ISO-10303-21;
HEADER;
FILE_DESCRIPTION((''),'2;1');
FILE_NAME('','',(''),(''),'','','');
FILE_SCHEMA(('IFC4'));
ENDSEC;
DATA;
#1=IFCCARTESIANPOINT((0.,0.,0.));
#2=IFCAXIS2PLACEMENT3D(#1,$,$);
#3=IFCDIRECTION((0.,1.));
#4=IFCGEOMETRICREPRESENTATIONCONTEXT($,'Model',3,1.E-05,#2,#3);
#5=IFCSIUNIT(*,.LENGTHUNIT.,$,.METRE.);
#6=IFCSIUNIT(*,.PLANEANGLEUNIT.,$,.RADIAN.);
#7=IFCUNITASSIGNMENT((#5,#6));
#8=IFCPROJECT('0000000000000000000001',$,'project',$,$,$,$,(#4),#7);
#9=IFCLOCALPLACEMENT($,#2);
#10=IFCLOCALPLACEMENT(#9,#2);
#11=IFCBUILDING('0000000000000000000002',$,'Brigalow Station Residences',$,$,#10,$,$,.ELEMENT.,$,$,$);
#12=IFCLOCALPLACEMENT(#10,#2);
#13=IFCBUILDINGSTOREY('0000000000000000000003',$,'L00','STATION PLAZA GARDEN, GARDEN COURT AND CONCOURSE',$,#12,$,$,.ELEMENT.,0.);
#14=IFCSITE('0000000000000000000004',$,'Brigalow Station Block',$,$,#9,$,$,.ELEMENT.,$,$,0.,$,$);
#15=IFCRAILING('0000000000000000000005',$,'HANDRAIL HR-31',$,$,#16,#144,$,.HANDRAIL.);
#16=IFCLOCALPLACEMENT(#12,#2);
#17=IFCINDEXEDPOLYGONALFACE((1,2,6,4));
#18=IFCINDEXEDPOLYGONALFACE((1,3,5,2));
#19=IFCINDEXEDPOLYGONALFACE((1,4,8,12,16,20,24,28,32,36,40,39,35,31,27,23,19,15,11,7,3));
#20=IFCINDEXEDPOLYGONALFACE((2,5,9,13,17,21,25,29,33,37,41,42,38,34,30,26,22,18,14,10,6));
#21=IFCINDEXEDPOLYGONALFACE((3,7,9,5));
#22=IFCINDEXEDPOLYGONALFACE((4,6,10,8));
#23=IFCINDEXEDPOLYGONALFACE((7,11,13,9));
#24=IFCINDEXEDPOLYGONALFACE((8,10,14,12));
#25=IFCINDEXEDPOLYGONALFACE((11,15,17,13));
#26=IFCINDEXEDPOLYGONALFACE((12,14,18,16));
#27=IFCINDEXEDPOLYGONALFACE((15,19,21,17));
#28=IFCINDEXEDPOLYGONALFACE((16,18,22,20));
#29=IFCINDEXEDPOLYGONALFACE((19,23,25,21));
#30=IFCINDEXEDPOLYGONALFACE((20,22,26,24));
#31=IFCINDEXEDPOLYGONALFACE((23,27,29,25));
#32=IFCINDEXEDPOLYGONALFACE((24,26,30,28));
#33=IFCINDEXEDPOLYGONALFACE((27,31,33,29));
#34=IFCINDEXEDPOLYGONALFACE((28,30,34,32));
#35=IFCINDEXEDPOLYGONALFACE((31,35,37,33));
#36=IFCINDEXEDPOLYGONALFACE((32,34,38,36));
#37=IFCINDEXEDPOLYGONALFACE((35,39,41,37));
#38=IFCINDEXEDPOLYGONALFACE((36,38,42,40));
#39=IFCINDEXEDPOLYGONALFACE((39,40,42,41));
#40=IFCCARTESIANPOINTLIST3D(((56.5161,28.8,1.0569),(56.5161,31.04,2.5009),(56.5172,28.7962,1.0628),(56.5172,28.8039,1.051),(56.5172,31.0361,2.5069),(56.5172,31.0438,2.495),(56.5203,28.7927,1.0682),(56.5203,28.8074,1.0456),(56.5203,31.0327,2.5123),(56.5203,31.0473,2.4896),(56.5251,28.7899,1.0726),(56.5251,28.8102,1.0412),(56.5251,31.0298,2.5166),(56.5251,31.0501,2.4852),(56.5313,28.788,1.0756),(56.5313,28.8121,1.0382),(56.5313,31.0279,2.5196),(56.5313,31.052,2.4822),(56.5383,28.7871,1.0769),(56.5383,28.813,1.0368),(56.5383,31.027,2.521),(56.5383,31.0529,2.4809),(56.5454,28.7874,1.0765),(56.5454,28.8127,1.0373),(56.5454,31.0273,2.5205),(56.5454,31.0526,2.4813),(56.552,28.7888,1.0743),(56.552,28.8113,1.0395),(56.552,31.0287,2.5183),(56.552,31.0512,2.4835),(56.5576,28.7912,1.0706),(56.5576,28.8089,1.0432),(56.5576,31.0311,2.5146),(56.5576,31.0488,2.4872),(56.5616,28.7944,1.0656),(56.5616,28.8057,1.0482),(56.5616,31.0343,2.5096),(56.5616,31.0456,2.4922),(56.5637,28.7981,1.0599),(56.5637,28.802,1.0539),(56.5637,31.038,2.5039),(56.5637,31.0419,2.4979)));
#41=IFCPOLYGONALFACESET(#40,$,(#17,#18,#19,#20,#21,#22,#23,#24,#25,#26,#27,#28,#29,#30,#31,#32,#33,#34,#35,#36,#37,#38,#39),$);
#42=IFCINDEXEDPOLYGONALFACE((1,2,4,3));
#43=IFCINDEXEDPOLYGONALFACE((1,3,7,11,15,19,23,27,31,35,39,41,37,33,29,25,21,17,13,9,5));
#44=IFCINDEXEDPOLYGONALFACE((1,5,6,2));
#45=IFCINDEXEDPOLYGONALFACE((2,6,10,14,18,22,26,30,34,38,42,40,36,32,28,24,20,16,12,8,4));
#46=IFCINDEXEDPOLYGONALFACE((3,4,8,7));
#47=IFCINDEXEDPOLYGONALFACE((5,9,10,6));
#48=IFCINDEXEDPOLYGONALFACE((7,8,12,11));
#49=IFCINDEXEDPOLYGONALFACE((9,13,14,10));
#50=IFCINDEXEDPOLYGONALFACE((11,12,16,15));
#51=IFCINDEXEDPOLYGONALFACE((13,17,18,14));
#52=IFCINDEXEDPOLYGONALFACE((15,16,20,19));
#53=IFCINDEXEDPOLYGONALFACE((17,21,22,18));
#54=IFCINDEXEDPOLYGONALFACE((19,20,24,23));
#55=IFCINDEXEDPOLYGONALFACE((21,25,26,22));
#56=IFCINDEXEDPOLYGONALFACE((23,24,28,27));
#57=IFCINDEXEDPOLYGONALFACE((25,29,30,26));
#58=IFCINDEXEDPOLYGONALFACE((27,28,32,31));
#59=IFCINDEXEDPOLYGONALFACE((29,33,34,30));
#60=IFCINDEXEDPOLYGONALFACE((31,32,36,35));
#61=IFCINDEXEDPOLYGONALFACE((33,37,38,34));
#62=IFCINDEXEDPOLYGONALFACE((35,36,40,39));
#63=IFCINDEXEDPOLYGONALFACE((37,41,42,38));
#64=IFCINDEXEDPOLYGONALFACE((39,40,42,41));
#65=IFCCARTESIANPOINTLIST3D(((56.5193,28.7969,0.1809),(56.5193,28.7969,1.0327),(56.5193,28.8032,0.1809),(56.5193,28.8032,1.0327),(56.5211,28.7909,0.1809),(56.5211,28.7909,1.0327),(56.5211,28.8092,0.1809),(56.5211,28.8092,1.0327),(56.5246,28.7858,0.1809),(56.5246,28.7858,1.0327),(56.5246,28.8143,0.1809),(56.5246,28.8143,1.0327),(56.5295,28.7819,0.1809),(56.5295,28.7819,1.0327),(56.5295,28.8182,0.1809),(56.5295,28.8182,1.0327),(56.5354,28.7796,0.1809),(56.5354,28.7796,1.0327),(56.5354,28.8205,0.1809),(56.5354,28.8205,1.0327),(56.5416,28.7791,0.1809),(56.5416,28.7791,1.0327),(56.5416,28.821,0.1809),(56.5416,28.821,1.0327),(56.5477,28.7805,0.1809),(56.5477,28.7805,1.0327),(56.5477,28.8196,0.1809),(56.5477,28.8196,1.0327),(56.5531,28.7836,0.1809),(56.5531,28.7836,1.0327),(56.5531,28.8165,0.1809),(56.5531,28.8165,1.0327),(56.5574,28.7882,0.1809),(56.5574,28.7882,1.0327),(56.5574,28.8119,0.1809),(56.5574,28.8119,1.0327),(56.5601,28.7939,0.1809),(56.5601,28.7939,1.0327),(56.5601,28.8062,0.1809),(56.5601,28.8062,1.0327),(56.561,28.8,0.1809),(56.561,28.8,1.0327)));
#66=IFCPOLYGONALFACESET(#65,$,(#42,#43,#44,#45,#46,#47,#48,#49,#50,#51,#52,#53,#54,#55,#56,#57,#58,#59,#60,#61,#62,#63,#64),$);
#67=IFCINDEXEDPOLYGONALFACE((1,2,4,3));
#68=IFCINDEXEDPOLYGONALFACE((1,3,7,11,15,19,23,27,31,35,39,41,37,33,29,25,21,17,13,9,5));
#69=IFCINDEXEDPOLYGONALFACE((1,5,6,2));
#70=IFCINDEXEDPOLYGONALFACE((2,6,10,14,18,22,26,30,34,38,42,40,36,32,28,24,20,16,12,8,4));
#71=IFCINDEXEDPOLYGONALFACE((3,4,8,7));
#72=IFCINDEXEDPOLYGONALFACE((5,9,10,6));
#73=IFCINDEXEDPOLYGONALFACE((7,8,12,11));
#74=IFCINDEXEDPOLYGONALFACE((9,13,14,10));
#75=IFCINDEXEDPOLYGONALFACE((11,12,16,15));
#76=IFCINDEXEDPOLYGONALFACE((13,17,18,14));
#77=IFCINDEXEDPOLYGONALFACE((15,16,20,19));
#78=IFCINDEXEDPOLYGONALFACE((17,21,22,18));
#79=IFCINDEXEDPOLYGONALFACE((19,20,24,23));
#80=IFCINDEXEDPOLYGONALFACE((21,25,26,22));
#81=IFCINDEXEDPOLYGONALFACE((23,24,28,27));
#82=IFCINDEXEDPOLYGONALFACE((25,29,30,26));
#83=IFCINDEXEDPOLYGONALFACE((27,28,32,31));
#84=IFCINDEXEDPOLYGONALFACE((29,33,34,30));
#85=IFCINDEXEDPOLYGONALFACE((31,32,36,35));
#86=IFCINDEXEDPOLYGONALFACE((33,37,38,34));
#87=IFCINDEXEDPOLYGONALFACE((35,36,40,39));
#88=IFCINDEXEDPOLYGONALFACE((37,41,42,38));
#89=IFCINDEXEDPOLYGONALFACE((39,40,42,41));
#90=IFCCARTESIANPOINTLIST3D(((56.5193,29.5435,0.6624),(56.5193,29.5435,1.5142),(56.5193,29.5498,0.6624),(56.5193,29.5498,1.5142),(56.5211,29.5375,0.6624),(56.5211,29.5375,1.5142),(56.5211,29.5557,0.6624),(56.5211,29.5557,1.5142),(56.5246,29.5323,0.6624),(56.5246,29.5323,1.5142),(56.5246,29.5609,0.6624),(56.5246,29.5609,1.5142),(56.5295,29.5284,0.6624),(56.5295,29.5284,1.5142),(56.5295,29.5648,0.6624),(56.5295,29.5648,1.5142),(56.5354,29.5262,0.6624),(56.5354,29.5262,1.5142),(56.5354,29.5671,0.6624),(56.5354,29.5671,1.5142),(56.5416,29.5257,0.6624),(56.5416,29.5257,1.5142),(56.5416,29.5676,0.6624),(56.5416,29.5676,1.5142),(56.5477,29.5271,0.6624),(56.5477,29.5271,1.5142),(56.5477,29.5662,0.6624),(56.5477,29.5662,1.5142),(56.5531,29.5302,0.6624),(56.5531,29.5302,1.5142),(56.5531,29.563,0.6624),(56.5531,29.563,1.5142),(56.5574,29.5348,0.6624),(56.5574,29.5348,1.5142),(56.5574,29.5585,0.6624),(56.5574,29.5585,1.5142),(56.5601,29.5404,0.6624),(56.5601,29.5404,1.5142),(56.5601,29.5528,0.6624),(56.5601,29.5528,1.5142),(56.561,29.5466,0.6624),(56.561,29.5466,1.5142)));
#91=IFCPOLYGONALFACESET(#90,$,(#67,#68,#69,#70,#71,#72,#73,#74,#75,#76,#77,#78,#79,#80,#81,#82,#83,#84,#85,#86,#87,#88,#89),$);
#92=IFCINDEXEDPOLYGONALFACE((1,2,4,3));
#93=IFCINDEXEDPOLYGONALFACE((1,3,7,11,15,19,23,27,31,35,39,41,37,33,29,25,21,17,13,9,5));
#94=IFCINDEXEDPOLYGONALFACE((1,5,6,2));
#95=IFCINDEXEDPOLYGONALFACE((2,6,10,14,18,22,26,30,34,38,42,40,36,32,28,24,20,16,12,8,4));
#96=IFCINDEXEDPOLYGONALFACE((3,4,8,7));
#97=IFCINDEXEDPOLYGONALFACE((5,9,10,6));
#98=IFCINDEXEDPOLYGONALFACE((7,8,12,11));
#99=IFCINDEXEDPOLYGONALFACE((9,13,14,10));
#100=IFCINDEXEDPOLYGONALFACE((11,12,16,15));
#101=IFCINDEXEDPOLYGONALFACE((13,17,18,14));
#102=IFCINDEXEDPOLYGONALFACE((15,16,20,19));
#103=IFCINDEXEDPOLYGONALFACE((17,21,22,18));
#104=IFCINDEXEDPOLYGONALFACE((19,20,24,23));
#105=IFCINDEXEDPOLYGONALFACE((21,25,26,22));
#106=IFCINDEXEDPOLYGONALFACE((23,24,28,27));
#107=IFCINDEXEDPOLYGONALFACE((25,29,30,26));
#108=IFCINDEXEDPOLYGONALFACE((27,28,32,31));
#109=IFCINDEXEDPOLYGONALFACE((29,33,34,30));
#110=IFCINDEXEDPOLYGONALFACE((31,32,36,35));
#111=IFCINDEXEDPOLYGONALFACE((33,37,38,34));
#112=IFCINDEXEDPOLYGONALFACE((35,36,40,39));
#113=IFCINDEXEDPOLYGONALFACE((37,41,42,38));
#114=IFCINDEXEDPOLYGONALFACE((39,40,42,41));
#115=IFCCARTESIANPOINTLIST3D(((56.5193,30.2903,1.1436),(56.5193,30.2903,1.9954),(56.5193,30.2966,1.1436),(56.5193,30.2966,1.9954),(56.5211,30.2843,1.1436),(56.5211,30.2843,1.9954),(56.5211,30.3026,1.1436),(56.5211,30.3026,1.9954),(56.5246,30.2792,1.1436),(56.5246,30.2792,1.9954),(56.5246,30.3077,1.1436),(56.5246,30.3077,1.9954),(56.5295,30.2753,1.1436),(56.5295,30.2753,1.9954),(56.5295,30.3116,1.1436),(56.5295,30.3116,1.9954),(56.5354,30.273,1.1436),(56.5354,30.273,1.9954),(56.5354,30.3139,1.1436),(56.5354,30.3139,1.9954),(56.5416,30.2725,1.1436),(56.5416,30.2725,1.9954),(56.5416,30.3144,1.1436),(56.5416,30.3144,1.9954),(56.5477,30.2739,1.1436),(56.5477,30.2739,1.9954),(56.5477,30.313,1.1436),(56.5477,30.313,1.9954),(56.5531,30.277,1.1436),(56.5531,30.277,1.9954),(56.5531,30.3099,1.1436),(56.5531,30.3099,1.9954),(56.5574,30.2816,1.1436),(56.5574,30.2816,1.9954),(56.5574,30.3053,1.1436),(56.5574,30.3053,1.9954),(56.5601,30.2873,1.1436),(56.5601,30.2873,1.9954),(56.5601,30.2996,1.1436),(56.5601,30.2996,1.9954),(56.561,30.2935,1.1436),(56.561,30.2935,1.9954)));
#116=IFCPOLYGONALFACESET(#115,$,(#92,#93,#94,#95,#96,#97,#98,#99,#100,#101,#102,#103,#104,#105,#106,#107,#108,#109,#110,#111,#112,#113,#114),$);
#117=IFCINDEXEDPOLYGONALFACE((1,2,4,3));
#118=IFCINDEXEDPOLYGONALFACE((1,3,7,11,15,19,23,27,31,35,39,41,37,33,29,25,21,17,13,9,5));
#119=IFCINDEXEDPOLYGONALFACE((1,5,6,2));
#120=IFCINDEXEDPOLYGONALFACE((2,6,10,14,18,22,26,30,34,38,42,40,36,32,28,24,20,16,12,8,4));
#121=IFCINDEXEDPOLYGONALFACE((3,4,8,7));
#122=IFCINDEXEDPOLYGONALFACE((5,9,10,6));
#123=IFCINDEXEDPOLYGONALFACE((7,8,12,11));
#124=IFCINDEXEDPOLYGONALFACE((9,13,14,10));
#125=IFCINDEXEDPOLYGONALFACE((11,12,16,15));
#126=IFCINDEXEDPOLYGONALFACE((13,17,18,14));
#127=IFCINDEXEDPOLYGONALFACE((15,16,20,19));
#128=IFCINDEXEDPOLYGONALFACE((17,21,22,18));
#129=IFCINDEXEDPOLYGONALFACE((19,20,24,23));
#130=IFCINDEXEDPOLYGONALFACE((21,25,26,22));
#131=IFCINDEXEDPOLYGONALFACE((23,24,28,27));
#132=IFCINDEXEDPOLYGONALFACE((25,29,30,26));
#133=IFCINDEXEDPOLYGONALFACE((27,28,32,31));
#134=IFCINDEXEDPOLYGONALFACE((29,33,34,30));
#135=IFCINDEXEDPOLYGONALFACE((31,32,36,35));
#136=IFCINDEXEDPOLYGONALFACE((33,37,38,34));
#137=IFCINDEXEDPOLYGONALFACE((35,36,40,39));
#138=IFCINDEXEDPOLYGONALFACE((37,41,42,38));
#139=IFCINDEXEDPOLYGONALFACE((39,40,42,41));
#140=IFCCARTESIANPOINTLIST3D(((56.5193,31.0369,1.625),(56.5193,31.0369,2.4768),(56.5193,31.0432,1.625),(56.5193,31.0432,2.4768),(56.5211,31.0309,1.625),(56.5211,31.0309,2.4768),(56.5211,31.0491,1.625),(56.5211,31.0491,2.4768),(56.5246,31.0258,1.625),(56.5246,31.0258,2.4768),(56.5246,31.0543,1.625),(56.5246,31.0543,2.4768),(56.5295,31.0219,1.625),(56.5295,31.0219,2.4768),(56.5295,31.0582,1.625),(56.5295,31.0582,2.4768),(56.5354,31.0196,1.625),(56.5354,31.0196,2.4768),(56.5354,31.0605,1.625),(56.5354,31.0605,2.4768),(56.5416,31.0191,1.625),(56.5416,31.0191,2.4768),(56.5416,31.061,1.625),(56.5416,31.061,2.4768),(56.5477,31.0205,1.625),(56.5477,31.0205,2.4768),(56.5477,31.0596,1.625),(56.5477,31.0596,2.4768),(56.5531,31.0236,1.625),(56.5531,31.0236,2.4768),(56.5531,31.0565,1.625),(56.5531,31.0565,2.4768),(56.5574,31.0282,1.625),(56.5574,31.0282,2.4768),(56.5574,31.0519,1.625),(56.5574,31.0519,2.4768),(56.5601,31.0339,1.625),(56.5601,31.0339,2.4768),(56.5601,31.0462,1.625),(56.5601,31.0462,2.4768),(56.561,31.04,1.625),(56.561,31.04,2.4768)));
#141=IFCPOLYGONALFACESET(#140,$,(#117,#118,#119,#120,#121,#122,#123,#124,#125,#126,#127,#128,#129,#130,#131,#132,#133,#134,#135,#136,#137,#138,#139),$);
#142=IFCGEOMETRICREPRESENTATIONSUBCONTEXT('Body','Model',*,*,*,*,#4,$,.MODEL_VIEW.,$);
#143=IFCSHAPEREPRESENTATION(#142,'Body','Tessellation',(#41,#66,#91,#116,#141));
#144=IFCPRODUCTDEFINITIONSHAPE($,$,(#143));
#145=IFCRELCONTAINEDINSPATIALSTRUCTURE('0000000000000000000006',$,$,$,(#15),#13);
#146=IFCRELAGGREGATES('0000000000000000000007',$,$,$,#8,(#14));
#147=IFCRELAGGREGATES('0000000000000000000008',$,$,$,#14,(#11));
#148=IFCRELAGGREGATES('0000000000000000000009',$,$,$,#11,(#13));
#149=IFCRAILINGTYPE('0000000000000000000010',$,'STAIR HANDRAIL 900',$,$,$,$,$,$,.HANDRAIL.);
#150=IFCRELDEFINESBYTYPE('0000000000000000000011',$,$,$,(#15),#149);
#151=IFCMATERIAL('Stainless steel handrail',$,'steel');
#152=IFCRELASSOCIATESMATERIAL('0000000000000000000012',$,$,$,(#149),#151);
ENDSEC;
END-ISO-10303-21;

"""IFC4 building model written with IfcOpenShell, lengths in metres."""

from ifc_helpers import new_model, si_unit, direction, frame, origin, origin_2d, place, context, subcontext, project, spatial, circle, extrude, material, type_object, element, save


model = new_model("IFC4")

# Units and contexts
model_context = context("Model", 3, precision=1e-05, world=origin(), true_north=direction((0.0, 1.0)))
body_context = subcontext(model_context, "Body", "Model", "MODEL_VIEW")
ifc_project = project(units=[si_unit("LENGTHUNIT", "METRE"), si_unit("PLANEANGLEUNIT", "RADIAN")], contexts=[model_context])

# Site, building, storey
site_placement = place(None, origin())
site = spatial("IfcSite", under=ifc_project, at=site_placement, Name="Brigalow Station Block", CompositionType="ELEMENT", RefElevation=0.0)
building_placement = place(site_placement, origin())
building = spatial("IfcBuilding", under=site, at=building_placement, Name="Brigalow Station Residences", CompositionType="ELEMENT")
storey_placement = place(building_placement, origin())
storey = spatial("IfcBuildingStorey", under=building, at=storey_placement, Name="L00", Description="STATION PLAZA GARDEN, GARDEN COURT AND CONCOURSE", CompositionType="ELEMENT", Elevation=0.0)

# Railing
ifc_material_1 = material(Name="Stainless steel handrail", Category="steel")
railing_type_1 = type_object("IfcRailingType", Name="STAIR HANDRAIL 900", PredefinedType="HANDRAIL", material=ifc_material_1)
railing_1_placement = place(storey_placement, frame((56.54, 28.8, 0.1809)))
element("IfcRailing", 1, at=railing_1_placement, inside=storey, type_object=railing_type_1, Name="HANDRAIL HR-31", PredefinedType="HANDRAIL", context=body_context, shape_type="SweptSolid", body=[
    extrude(circle(Radius=0.0239, at=origin_2d()), frame((0.0, 0.0, 0.876), z_axis=(0.0, 0.840478, 0.541845), x_axis=(-1.0, 0.0, 0.0)), (0.0, 0.0, 1.0), 2.665),
    extrude(circle(Radius=0.021, at=origin_2d()), origin(), (0.0, 0.0, 1.0), 0.8518),
    extrude(circle(Radius=0.021, at=origin_2d()), frame((0.0, 0.7466, 0.4814)), (0.0, 0.0, 1.0), 0.8518),
    extrude(circle(Radius=0.021, at=origin_2d()), frame((0.0, 1.4934, 0.9626)), (0.0, 0.0, 1.0), 0.8518),
    extrude(circle(Radius=0.021, at=origin_2d()), frame((0.0, 2.24, 1.4441)), (0.0, 0.0, 1.0), 0.8518),
])

save(model, "model.ifc")
